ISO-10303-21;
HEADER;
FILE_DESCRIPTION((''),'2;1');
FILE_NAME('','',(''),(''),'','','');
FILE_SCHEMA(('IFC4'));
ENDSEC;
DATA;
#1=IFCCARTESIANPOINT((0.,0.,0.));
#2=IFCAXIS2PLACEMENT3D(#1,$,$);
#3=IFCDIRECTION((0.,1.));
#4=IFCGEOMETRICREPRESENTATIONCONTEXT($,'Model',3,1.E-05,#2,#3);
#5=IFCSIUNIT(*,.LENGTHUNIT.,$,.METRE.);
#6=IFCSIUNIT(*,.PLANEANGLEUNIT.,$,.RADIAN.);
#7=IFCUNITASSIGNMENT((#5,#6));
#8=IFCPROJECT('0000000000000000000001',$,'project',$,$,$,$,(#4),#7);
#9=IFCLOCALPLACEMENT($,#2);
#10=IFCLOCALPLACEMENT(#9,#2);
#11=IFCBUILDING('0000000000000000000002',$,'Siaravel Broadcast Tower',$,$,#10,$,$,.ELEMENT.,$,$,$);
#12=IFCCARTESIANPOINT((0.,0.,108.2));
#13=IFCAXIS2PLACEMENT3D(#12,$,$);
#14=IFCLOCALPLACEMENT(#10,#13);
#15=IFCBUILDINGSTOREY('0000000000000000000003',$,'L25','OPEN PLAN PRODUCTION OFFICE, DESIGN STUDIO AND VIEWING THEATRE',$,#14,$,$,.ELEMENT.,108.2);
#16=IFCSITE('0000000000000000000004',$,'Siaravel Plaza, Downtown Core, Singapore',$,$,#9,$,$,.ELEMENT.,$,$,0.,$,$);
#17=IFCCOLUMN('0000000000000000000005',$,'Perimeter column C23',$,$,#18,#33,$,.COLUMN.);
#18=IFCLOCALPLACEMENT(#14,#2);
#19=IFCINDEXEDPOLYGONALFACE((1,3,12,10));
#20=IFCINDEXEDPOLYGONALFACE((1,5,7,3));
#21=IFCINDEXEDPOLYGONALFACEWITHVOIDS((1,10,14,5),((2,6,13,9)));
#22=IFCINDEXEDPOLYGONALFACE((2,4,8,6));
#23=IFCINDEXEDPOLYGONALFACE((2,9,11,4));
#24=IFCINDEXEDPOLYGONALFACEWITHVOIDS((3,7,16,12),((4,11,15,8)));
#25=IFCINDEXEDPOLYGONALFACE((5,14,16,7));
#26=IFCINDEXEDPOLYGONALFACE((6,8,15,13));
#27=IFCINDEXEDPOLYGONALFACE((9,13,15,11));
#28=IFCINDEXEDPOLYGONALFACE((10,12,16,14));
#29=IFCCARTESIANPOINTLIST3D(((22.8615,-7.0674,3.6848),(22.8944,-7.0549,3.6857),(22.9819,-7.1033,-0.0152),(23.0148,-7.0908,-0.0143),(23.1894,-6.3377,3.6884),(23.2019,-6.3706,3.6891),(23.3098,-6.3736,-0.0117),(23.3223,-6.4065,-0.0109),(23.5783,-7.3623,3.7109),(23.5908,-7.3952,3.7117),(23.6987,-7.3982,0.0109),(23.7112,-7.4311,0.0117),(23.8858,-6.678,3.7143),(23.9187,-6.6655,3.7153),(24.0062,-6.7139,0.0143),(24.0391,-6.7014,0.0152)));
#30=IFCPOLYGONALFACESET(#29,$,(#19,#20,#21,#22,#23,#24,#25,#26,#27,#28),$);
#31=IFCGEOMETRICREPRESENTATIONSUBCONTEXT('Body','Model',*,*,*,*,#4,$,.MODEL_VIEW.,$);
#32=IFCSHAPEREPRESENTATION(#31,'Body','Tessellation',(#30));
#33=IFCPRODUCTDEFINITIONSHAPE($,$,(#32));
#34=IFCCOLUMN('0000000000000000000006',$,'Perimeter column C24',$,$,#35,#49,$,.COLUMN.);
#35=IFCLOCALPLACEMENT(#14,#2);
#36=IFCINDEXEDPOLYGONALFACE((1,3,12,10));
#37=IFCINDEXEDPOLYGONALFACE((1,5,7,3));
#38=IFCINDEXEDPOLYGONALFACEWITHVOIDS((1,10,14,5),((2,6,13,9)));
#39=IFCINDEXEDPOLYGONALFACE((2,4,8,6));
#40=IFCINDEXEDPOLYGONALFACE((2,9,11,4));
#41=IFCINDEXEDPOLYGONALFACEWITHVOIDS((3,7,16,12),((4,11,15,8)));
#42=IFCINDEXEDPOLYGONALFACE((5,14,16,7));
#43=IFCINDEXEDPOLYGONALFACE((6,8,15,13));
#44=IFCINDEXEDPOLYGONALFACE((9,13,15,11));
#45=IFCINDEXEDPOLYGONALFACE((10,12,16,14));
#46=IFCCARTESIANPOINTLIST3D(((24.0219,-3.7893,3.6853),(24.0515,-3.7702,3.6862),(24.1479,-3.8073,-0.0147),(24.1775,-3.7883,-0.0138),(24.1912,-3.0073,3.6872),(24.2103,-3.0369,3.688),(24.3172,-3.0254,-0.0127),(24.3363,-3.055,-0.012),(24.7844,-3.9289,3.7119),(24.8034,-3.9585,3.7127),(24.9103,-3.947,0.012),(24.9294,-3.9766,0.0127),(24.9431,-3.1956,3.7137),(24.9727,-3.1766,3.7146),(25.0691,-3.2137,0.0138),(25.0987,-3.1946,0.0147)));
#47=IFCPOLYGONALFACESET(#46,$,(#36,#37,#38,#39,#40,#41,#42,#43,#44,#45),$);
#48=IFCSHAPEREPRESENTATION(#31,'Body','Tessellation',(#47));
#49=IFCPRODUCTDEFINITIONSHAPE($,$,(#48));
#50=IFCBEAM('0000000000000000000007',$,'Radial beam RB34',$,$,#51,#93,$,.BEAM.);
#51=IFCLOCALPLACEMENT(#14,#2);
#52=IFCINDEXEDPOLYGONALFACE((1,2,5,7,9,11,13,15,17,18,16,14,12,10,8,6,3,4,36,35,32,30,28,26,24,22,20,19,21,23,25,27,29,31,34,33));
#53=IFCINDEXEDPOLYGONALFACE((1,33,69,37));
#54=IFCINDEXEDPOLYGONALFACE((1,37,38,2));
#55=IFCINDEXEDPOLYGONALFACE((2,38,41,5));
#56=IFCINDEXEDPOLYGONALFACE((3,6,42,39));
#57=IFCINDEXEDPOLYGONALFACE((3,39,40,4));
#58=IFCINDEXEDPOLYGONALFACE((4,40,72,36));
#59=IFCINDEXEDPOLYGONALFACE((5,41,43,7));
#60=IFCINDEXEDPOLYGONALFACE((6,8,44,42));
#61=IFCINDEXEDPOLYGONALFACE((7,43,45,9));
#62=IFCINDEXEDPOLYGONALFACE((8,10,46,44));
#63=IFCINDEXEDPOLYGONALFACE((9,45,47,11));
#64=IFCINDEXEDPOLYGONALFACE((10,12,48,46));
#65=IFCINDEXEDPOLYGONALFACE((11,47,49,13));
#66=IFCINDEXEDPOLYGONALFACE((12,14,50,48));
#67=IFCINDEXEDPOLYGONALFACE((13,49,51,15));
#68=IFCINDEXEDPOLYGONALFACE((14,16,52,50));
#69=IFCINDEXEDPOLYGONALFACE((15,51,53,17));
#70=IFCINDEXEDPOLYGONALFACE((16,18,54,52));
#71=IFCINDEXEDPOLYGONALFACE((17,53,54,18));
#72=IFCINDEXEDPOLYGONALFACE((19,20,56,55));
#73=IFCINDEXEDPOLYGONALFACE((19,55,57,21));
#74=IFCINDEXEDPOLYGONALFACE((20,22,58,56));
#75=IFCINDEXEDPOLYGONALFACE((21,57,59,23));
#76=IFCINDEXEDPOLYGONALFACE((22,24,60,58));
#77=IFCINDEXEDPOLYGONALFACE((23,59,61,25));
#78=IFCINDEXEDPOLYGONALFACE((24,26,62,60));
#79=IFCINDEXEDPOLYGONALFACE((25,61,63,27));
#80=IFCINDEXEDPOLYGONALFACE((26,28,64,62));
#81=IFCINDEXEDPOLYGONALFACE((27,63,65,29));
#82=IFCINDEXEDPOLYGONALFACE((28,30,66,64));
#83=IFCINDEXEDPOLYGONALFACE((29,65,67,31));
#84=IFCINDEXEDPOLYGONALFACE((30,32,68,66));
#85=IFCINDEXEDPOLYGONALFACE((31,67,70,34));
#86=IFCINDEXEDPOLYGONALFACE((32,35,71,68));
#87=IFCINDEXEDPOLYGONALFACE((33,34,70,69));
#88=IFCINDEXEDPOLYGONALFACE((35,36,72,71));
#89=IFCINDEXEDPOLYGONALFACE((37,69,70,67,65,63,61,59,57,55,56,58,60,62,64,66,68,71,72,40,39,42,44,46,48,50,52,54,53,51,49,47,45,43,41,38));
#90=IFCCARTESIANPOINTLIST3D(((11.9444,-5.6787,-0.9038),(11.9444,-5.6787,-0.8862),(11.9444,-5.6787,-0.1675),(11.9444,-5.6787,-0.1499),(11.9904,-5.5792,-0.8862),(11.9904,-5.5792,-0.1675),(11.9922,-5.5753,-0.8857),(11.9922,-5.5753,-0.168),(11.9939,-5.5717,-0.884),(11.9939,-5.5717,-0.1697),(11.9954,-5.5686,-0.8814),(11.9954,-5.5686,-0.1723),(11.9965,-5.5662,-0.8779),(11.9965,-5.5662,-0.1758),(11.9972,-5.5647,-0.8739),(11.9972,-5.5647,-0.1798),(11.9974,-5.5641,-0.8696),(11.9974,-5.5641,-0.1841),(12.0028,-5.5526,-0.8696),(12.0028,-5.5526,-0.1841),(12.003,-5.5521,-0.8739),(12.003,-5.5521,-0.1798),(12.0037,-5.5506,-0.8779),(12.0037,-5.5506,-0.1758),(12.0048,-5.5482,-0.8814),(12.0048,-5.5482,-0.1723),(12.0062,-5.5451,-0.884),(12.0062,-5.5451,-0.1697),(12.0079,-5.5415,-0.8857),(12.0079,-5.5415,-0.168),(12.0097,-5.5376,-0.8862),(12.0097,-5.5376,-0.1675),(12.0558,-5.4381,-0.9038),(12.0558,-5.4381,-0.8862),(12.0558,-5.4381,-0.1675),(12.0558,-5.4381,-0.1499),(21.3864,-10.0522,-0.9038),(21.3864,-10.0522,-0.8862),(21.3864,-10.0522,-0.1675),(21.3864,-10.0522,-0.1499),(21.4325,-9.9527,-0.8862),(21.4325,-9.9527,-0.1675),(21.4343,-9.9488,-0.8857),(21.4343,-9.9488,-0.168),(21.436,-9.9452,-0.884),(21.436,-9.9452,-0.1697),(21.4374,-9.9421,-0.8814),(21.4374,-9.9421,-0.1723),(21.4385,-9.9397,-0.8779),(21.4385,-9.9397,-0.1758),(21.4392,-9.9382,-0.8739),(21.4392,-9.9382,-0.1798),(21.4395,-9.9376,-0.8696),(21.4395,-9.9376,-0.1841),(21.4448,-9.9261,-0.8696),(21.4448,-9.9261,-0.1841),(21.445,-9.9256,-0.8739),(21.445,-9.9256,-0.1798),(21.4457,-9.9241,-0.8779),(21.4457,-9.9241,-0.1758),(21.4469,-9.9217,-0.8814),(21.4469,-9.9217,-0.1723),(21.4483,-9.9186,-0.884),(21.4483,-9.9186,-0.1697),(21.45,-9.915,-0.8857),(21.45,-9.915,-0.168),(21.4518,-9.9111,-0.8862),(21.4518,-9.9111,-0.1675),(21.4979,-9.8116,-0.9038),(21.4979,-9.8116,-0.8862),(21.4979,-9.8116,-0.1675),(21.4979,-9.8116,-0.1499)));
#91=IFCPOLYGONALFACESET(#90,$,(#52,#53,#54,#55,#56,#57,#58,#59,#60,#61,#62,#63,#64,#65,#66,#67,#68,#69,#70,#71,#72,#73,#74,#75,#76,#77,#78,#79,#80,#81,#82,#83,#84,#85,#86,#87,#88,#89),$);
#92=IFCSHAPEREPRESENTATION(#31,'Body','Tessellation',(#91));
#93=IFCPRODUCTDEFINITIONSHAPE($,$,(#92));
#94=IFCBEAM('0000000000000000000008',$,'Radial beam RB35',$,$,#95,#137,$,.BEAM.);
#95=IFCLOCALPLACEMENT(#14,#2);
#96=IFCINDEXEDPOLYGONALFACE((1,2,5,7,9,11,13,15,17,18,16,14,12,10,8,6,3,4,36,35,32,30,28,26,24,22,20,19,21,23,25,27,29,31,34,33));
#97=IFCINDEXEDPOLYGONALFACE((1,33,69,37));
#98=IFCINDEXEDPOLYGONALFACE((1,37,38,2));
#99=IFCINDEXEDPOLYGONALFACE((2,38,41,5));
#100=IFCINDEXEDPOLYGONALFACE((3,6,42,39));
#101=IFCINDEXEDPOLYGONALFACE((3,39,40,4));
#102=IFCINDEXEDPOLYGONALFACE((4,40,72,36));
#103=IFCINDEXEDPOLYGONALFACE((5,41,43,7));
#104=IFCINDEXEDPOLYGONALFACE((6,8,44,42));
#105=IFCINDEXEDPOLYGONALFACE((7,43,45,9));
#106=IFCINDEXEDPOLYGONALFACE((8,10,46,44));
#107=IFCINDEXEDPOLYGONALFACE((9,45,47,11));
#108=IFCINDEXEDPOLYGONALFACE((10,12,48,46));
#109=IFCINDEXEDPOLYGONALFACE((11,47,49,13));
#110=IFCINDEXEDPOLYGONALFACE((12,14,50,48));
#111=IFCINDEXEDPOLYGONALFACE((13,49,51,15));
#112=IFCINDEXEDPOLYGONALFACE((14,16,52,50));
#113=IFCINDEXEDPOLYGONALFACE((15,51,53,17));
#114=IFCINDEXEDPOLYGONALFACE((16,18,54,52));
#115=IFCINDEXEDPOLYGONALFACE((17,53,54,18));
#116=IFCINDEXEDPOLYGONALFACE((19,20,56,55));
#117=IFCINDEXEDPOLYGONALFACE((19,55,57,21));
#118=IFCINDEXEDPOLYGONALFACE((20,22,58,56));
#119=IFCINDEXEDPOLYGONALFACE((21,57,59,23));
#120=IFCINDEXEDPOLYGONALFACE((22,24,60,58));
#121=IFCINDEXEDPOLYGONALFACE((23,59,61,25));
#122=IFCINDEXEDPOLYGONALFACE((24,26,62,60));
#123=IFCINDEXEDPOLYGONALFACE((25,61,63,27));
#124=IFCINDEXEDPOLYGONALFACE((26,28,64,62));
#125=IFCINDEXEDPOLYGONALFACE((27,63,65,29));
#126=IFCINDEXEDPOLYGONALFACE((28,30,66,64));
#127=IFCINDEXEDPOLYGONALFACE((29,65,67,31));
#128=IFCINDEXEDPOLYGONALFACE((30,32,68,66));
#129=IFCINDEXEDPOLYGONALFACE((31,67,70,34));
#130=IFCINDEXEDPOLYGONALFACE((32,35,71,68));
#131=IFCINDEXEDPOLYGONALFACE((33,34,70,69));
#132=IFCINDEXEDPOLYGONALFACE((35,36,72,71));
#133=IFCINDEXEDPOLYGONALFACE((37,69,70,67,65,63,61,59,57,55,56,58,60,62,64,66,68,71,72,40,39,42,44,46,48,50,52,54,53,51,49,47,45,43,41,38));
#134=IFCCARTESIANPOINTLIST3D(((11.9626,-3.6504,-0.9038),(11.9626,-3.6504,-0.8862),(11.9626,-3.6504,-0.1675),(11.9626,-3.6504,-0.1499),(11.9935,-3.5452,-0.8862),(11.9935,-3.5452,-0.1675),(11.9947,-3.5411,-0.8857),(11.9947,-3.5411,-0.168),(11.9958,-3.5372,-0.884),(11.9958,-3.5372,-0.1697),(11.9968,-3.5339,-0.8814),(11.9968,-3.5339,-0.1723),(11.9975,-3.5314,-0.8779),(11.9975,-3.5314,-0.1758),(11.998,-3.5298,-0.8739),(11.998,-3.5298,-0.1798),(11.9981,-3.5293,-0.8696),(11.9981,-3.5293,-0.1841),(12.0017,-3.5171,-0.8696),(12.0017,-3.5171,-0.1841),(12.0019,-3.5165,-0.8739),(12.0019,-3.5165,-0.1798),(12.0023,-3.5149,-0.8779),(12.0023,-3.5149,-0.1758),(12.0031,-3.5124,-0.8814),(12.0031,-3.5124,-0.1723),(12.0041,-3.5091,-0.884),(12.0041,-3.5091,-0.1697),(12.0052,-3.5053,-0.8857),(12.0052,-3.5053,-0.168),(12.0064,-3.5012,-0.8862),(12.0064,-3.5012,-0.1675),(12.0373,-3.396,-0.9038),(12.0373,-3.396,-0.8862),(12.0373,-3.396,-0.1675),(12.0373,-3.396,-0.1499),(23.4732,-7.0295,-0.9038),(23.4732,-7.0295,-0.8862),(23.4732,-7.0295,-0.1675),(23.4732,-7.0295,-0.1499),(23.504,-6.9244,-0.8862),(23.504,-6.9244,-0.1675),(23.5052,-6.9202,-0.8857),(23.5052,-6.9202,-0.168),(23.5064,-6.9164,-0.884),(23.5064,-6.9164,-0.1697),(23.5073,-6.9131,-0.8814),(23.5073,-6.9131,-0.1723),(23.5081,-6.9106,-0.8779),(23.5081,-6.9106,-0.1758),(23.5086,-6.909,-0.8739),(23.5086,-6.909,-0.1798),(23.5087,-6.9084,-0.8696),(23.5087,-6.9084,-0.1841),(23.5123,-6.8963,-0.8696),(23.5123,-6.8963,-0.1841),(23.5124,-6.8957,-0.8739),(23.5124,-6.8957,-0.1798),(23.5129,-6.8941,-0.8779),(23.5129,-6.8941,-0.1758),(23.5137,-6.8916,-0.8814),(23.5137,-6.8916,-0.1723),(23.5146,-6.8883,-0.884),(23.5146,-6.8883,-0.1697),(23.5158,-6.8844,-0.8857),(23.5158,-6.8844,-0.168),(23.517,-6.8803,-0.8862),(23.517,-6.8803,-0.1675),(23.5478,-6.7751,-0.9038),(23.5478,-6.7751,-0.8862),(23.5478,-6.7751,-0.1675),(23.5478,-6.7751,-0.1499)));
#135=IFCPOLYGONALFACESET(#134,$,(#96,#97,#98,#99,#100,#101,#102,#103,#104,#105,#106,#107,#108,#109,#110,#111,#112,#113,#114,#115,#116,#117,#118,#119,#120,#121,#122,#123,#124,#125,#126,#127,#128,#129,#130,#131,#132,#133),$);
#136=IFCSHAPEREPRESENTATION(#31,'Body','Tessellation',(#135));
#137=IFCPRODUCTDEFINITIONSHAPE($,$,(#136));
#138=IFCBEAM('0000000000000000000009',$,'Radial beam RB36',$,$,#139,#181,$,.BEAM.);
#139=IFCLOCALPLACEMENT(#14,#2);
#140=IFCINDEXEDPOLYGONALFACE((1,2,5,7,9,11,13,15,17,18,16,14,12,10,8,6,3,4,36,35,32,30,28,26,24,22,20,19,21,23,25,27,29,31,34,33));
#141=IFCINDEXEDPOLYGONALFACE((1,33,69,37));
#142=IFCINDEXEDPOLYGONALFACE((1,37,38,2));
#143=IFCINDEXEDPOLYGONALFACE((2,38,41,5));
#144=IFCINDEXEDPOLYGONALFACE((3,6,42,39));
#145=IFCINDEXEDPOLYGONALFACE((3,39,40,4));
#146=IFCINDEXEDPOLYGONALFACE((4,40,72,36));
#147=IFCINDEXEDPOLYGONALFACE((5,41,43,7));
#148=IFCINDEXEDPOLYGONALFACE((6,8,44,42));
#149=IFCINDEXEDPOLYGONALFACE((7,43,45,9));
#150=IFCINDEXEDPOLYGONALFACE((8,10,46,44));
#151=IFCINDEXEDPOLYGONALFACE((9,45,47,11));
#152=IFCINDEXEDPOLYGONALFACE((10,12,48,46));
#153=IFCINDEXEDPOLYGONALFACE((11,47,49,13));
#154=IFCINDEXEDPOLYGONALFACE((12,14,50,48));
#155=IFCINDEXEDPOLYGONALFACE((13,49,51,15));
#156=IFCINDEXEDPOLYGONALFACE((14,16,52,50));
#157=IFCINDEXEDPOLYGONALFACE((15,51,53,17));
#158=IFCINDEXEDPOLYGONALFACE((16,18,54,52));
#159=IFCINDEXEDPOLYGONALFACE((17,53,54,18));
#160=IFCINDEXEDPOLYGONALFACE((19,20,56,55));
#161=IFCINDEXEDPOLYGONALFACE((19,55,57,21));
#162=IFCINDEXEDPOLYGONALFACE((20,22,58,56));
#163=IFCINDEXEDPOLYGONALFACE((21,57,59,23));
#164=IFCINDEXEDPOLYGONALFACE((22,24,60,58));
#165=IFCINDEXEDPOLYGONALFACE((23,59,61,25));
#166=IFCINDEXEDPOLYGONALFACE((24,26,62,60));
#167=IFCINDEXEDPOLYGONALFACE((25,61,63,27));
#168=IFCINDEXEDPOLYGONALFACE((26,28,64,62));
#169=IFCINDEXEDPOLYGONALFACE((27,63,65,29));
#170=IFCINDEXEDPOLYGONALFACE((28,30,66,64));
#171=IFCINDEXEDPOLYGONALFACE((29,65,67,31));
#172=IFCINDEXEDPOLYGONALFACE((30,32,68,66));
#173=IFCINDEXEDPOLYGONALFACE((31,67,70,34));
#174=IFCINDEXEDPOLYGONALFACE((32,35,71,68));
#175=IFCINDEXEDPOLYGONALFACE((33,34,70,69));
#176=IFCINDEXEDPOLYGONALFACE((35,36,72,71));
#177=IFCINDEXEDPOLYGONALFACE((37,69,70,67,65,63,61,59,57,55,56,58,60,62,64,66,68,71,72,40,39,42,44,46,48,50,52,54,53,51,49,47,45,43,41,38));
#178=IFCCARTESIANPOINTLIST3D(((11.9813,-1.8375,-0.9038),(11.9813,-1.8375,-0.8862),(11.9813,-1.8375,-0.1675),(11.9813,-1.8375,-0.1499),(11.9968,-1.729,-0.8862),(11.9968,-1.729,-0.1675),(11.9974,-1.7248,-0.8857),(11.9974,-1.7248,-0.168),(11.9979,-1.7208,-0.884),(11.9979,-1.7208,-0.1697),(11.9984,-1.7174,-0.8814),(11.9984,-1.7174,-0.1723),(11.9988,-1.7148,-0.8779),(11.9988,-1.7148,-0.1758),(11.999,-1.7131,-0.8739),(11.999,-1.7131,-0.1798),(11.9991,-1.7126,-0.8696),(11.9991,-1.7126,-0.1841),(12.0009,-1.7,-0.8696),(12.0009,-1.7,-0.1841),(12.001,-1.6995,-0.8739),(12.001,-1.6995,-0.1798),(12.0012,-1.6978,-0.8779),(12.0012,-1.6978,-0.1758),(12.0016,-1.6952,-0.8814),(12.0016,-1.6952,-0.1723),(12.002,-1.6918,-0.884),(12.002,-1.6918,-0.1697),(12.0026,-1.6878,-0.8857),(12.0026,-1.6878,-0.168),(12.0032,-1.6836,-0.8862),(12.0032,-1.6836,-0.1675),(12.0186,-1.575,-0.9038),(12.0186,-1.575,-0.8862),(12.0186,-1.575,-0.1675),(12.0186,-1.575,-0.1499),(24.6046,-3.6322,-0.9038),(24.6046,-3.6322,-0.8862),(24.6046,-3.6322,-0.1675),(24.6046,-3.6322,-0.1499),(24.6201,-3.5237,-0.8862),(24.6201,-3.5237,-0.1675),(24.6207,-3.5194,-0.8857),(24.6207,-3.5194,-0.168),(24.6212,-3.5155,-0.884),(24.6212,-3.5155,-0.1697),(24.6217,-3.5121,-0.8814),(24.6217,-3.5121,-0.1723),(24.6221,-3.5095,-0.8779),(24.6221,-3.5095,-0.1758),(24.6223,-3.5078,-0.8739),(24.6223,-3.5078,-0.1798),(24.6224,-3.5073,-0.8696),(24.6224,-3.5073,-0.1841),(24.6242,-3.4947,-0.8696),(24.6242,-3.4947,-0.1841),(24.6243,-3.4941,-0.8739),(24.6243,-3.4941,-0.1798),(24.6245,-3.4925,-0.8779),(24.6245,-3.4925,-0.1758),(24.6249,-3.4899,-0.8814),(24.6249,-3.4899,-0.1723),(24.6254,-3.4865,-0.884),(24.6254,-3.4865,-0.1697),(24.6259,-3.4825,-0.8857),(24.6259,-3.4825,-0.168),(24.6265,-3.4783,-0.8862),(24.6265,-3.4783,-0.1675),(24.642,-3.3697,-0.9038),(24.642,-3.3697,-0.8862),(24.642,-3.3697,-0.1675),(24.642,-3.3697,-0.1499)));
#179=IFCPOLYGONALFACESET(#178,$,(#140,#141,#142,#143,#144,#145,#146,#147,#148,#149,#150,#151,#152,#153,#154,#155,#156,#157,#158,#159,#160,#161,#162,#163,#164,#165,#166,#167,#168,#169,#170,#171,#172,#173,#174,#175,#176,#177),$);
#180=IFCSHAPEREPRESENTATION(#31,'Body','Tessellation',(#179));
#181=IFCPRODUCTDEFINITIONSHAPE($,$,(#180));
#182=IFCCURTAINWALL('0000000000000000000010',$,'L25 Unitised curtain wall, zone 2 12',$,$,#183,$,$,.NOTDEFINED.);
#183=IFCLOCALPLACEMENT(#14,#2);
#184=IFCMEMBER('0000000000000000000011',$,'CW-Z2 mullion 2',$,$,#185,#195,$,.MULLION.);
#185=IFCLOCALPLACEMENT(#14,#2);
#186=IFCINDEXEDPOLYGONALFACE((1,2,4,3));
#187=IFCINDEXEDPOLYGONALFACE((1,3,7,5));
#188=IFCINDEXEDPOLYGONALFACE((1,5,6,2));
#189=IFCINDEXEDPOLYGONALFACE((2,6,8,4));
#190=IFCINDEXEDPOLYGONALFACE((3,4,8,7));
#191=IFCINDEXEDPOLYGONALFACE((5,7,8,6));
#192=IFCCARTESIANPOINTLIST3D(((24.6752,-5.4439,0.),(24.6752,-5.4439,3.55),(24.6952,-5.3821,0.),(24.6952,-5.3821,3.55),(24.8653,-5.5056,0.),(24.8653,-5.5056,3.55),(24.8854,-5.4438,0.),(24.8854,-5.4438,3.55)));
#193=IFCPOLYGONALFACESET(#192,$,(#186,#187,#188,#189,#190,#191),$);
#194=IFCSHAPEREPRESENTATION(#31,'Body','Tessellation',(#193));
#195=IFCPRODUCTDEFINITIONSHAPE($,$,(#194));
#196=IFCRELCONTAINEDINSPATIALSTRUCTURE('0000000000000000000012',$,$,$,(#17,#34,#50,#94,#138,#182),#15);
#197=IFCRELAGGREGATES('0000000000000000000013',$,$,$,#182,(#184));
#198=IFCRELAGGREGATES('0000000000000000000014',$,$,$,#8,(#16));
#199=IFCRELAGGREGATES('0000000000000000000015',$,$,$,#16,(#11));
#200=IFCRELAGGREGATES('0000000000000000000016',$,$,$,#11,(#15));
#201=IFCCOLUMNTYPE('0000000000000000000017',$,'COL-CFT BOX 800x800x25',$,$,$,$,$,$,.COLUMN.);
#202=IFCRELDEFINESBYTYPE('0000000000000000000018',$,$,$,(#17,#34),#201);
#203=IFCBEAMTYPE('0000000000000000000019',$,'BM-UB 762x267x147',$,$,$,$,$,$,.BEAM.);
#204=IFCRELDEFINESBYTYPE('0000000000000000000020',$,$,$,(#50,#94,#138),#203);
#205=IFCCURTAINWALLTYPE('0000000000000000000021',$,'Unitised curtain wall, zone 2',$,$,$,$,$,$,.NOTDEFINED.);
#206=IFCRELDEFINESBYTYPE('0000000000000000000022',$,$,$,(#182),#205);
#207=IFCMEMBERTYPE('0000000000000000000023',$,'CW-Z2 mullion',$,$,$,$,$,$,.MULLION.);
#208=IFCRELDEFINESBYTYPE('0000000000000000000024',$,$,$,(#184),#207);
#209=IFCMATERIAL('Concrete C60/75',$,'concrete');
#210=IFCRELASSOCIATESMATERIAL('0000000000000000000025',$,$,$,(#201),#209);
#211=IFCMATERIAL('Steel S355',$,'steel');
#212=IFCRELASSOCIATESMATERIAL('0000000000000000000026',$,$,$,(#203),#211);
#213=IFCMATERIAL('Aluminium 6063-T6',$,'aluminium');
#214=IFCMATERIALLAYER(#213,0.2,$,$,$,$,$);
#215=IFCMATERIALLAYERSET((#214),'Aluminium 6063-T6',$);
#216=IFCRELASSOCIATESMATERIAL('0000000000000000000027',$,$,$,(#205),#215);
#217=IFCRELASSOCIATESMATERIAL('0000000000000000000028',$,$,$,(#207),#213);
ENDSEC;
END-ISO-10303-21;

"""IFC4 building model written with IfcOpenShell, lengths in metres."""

from ifc_helpers import new_model, si_unit, direction, frame, origin, origin_2d, place, context, subcontext, project, spatial, rectangle, hollow_rectangle, i_section, extrude, material, layer, layer_set, material_profile, profile_set, type_object, element, aggregate, save


model = new_model("IFC4")

# Units and contexts
model_context = context("Model", 3, precision=1e-05, world=origin(), true_north=direction((0.0, 1.0)))
body_context = subcontext(model_context, "Body", "Model", "MODEL_VIEW")
ifc_project = project(units=[si_unit("LENGTHUNIT", "METRE"), si_unit("PLANEANGLEUNIT", "RADIAN")], contexts=[model_context])

# Site, building, storey
site_placement = place(None, origin())
site = spatial("IfcSite", under=ifc_project, at=site_placement, Name="Siaravel Plaza, Downtown Core, Singapore", CompositionType="ELEMENT", RefElevation=0.0)
building_placement = place(site_placement, origin())
building = spatial("IfcBuilding", under=site, at=building_placement, Name="Siaravel Broadcast Tower", CompositionType="ELEMENT")
storey_placement = place(building_placement, frame((0.0, 0.0, 108.2)))
storey = spatial("IfcBuildingStorey", under=building, at=storey_placement, Name="L25", Description="OPEN PLAN PRODUCTION OFFICE, DESIGN STUDIO AND VIEWING THEATRE", CompositionType="ELEMENT", Elevation=108.2)

# Columns
ifc_material_1 = material(Name="Concrete C60/75", Category="concrete")
ifc_material_profile_1 = material_profile(ifc_material_1, hollow_rectangle(XDim=0.8, YDim=0.8, WallThickness=0.0249, at=origin_2d()))
ifc_profile_set_1 = profile_set([ifc_material_profile_1], Name="Concrete C60/75")
column_type = type_object("IfcColumnType", Name="COL-CFT BOX 800x800x25", PredefinedType="COLUMN", material=ifc_profile_set_1)
for number, where, z_axis, x_axis, name in (
    (1, (23.5105, -6.9023, 0.0), (-0.032512, 0.009694, 0.999424), (-0.409838, -0.912147, -0.004485), "Perimeter column C23"),
    (2, (24.6233, -3.501, 0.0), (-0.034028, 0.00488, 0.999409), (-0.211577, -0.977358, -0.002431), "Perimeter column C24"),
):
    element("IfcColumn", number, at=place(storey_placement, frame(where, z_axis=z_axis, x_axis=x_axis)), inside=storey, type_object=column_type, Name=name, PredefinedType="COLUMN", context=body_context, shape_type="SweptSolid", body=[
        extrude(hollow_rectangle(XDim=0.8, YDim=0.8, WallThickness=0.0249, at=origin_2d()), origin(), (0.0, 0.0, 1.0), 3.7021),
    ])

# Beams
ifc_material_2 = material(Name="Steel S355", Category="steel")
ifc_material_profile_2 = material_profile(ifc_material_2, i_section(OverallWidth=0.2651, OverallDepth=0.7539, WebThickness=0.0127, FlangeThickness=0.0176, FilletRadius=0.0166, at=origin_2d()))
ifc_profile_set_2 = profile_set([ifc_material_profile_2], Name="Steel S355")
beam_type = type_object("IfcBeamType", Name="BM-UB 762x267x147", PredefinedType="BEAM", material=ifc_profile_set_2)
beam_1_placement = place(storey_placement, frame((21.4421, -9.9319, -0.5269), z_axis=(-0.907387, 0.420296, 0.0), x_axis=(-0.420296, -0.907387, 0.0)))
element("IfcBeam", 3, at=beam_1_placement, inside=storey, type_object=beam_type, Name="Radial beam RB34", PredefinedType="BEAM", context=body_context, shape_type="SweptSolid", body=[
    extrude(i_section(OverallWidth=0.2651, OverallDepth=0.7539, WebThickness=0.0127, FlangeThickness=0.0176, FilletRadius=0.0166, at=origin_2d()), origin(), (0.0, 0.0, 1.0), 10.4058),
])
beam_2_placement = place(storey_placement, frame((23.5105, -6.9023, -0.5269), z_axis=(-0.959507, 0.281684, 0.0), x_axis=(-0.281684, -0.959507, 0.0)))
element("IfcBeam", 4, at=beam_2_placement, inside=storey, type_object=beam_type, Name="Radial beam RB35", PredefinedType="BEAM", context=body_context, shape_type="SweptSolid", body=[
    extrude(i_section(OverallWidth=0.2651, OverallDepth=0.7539, WebThickness=0.0127, FlangeThickness=0.0176, FilletRadius=0.0166, at=origin_2d()), origin(), (0.0, 0.0, 1.0), 11.9963),
])
beam_3_placement = place(storey_placement, frame((24.6233, -3.501, -0.5269), z_axis=(-0.990044, 0.140757, 0.0), x_axis=(-0.140757, -0.990044, 0.0)))
element("IfcBeam", 5, at=beam_3_placement, inside=storey, type_object=beam_type, Name="Radial beam RB36", PredefinedType="BEAM", context=body_context, shape_type="SweptSolid", body=[
    extrude(i_section(OverallWidth=0.2651, OverallDepth=0.7539, WebThickness=0.0127, FlangeThickness=0.0176, FilletRadius=0.0166, at=origin_2d()), origin(), (0.0, 0.0, 1.0), 12.7502),
])

# Curtain wall, member
ifc_material_3 = material(Name="Aluminium 6063-T6", Category="aluminium")
ifc_layer_1 = layer(ifc_material_3, 0.2)
ifc_layer_set_1 = layer_set([ifc_layer_1], Name="Aluminium 6063-T6")
curtain_wall_type = type_object("IfcCurtainWallType", Name="Unitised curtain wall, zone 2", PredefinedType="NOTDEFINED", material=ifc_layer_set_1)
curtain_wall_placement = place(storey_placement, origin())
curtain_wall = element("IfcCurtainWall", 6, at=curtain_wall_placement, inside=storey, type_object=curtain_wall_type, Name="L25 Unitised curtain wall, zone 2 12", PredefinedType="NOTDEFINED")
ifc_material_profile_3 = material_profile(ifc_material_3, rectangle(XDim=0.2, YDim=0.0649, at=origin_2d()))
ifc_profile_set_3 = profile_set([ifc_material_profile_3], Name="Aluminium 6063-T6")
member_type_1 = type_object("IfcMemberType", Name="CW-Z2 mullion", PredefinedType="MULLION", material=ifc_profile_set_3)
member_1_placement = place(storey_placement, frame((24.7803, -5.4438, 0.0), z_axis=(0.0, 0.0, 1.0), x_axis=(-0.951177, 0.308646, 0.0)))
member_1 = element("IfcMember", 7, at=member_1_placement, type_object=member_type_1, Name="CW-Z2 mullion 2", PredefinedType="MULLION", context=body_context, shape_type="SweptSolid", body=[
    extrude(rectangle(XDim=0.2, YDim=0.0649, at=origin_2d()), origin(), (0.0, 0.0, 1.0), 3.55),
])

aggregate(curtain_wall, [member_1])

save(model, "model.ifc")
